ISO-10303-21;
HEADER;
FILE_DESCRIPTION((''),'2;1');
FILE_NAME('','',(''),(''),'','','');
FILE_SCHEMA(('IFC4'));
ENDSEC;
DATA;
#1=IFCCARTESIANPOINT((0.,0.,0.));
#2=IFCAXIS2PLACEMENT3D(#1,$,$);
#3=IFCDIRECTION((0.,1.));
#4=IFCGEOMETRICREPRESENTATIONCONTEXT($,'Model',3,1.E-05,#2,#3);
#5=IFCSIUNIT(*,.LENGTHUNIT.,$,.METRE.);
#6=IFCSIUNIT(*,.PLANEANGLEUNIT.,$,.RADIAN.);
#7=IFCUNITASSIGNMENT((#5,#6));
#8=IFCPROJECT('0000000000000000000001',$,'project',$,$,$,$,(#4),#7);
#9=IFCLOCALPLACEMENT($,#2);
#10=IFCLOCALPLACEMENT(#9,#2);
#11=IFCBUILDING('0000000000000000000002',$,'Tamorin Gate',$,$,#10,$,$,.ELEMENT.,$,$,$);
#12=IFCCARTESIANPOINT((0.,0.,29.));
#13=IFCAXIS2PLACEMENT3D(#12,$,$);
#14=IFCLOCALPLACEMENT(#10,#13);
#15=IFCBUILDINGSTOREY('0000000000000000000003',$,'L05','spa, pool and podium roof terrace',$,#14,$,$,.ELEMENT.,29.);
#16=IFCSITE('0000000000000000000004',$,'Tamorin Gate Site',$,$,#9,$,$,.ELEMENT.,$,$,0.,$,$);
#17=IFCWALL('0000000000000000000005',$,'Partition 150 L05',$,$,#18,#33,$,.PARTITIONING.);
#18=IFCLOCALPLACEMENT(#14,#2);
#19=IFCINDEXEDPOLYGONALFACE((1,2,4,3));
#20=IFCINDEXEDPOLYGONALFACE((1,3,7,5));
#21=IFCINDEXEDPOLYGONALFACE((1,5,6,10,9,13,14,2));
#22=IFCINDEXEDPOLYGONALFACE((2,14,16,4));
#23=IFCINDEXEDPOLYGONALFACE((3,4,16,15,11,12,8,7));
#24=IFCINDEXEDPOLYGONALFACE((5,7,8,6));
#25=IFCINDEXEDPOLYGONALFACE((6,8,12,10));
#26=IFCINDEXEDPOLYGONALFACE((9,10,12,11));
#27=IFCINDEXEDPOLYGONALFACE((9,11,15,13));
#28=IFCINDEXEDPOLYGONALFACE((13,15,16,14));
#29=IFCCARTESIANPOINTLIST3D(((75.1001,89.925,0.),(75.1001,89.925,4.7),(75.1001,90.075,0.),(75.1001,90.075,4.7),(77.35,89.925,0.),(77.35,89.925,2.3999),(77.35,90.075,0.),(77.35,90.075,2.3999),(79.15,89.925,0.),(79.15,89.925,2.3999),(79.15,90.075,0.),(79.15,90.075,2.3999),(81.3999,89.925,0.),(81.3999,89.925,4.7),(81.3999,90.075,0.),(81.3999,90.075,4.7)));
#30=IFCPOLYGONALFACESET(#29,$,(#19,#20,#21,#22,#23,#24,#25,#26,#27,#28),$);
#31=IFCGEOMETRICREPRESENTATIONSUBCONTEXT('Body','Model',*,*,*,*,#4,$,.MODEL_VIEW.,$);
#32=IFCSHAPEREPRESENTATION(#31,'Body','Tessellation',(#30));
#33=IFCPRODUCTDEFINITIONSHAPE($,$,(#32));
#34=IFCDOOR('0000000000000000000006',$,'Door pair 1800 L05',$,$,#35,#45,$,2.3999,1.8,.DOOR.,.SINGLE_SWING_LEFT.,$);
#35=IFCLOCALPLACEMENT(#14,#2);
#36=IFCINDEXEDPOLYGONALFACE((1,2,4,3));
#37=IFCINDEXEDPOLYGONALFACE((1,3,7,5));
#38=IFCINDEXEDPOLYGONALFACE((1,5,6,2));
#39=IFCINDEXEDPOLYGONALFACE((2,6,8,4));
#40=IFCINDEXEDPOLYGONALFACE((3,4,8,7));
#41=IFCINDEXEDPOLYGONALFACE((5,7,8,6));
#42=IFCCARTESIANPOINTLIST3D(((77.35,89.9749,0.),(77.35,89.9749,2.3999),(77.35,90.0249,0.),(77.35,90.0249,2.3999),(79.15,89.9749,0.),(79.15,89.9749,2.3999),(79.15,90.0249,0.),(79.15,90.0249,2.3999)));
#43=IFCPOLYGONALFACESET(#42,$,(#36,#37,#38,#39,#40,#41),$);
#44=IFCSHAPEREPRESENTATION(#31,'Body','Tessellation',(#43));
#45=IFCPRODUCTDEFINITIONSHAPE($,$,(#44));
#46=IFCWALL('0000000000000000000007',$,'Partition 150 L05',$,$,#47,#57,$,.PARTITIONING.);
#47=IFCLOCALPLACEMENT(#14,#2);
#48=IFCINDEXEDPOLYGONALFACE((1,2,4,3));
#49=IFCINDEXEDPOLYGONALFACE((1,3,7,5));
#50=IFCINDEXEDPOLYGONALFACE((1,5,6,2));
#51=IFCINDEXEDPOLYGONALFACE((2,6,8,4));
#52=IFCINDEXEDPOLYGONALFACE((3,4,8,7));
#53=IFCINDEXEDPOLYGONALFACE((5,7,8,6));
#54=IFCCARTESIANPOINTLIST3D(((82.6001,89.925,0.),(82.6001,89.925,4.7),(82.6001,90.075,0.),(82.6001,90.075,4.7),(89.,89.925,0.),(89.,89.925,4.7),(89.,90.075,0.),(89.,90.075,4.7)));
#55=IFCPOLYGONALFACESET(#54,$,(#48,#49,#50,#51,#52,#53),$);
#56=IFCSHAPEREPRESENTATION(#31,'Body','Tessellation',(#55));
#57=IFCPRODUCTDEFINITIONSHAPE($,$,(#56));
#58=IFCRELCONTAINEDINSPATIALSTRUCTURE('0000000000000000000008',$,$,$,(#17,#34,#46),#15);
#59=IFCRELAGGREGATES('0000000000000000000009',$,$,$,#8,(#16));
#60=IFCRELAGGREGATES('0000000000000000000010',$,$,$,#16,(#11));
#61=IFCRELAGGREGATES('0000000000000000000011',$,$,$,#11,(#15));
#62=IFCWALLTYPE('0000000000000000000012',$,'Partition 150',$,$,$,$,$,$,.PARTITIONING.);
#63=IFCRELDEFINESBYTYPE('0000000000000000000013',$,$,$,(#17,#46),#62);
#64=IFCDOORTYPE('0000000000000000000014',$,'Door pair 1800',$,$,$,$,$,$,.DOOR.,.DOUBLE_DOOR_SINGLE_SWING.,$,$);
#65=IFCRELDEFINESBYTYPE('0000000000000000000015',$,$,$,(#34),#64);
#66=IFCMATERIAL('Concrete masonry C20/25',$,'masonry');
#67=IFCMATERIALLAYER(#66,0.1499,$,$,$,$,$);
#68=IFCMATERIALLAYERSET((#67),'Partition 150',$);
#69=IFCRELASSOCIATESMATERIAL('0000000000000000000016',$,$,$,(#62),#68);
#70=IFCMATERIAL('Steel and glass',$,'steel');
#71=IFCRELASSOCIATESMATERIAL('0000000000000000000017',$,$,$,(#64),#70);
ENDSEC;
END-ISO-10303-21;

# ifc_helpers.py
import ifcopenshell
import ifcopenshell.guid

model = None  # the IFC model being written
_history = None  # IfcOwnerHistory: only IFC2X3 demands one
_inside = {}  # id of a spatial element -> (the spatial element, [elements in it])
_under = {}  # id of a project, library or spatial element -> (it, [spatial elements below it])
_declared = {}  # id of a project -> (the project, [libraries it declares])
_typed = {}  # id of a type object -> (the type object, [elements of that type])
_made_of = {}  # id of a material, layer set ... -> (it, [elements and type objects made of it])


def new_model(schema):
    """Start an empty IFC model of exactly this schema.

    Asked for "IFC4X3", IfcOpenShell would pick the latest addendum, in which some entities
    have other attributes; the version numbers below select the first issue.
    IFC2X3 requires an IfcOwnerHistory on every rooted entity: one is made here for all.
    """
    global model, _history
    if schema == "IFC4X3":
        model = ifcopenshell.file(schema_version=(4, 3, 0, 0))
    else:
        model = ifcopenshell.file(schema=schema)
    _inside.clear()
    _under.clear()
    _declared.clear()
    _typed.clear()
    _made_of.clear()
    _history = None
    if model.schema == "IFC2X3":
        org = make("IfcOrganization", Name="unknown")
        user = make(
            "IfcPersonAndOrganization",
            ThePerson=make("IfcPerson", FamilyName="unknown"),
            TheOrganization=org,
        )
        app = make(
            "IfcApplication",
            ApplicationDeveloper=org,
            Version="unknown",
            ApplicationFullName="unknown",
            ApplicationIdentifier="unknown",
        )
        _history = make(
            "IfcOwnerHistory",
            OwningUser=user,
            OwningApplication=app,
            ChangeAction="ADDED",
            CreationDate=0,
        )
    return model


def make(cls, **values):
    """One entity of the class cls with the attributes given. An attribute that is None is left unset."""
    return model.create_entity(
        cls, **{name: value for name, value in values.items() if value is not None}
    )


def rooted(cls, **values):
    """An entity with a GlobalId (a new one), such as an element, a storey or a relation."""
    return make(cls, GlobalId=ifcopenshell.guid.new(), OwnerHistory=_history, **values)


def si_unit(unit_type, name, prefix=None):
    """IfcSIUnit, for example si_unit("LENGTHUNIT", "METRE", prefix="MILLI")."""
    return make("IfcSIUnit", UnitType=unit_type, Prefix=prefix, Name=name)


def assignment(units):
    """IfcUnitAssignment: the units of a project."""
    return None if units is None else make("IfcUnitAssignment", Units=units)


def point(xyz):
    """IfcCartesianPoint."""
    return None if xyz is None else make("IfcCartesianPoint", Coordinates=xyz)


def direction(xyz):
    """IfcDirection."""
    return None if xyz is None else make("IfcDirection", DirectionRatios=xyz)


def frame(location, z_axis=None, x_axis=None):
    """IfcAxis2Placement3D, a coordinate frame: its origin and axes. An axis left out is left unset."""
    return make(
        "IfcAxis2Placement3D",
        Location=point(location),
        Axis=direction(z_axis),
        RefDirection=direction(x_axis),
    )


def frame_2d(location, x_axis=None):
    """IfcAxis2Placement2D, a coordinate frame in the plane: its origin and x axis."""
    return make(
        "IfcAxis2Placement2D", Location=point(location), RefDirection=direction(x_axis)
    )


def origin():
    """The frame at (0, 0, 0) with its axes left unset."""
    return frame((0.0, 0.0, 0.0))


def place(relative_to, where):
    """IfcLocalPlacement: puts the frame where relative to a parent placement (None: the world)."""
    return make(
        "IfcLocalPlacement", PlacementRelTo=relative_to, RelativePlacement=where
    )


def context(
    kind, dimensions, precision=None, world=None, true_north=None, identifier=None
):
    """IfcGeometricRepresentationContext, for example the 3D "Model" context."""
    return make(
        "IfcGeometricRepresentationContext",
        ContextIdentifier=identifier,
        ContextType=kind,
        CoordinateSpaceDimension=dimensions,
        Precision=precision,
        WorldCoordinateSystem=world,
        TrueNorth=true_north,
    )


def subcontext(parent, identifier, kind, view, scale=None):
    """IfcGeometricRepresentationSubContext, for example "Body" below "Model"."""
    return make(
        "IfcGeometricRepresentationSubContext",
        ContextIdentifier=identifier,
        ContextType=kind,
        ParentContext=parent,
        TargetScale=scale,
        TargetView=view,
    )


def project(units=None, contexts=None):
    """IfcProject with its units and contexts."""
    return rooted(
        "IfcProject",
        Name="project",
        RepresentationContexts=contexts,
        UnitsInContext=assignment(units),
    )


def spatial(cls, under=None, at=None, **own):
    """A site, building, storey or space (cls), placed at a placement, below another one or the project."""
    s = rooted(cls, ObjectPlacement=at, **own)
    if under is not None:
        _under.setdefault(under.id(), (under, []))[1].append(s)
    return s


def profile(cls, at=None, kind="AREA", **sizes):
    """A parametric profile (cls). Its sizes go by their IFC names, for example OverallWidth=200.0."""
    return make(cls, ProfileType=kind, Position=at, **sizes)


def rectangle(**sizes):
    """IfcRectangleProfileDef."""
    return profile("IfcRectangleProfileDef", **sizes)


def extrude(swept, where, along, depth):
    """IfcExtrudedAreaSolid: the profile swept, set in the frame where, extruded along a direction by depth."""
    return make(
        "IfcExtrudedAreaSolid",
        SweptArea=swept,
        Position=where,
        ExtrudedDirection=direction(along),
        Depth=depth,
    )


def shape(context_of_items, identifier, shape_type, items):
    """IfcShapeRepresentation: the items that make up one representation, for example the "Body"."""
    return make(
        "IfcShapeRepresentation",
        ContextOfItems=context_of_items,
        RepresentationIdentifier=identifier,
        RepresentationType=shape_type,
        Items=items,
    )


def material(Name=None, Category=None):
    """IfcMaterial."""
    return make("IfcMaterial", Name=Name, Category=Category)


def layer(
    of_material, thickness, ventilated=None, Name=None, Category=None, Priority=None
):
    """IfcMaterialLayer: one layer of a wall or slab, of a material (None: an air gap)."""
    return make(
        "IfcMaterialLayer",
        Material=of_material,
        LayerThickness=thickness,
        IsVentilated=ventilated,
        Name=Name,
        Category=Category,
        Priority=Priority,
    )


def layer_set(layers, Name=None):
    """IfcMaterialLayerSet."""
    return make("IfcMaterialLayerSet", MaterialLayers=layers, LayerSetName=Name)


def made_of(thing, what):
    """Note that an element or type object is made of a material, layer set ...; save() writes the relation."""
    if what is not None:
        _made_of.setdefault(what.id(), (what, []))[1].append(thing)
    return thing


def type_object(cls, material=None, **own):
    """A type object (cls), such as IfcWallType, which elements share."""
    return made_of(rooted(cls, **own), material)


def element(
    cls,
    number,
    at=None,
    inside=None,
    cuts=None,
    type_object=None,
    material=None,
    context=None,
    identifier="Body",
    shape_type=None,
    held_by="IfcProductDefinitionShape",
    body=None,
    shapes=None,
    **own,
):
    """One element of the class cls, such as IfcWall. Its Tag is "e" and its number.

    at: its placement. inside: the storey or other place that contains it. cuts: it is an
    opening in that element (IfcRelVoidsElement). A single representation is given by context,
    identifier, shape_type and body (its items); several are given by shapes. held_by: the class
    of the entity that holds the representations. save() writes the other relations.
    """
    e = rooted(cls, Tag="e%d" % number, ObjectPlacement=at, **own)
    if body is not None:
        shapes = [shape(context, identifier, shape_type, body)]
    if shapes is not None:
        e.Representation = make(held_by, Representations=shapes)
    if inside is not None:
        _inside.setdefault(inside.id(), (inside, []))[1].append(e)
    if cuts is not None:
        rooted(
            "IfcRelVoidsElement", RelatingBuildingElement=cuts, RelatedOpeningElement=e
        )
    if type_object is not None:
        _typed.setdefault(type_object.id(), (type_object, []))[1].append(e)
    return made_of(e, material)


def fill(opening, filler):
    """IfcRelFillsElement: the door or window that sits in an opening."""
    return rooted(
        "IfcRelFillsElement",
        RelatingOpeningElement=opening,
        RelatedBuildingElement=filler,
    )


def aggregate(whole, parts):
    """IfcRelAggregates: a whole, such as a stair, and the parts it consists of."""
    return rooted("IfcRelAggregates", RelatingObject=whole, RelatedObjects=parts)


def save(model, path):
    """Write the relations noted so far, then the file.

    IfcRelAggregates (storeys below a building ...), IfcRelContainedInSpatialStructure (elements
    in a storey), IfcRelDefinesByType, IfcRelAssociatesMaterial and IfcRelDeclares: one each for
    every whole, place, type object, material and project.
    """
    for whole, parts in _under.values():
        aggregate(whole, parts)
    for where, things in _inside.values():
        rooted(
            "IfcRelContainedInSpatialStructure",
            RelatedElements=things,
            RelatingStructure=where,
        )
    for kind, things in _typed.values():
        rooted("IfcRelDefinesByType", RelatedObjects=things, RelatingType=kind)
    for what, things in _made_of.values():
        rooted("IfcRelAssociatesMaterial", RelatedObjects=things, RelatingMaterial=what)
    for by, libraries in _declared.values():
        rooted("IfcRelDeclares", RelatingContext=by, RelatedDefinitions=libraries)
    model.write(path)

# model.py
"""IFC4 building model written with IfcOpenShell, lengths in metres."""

from ifc_helpers import new_model, si_unit, direction, frame, frame_2d, origin, place, context, subcontext, project, spatial, rectangle, extrude, material, layer, layer_set, type_object, element, fill, save


model = new_model("IFC4")

# Units and contexts
model_context = context("Model", 3, precision=1e-05, world=origin(), true_north=direction((0.0, 1.0)))
body_context = subcontext(model_context, "Body", "Model", "MODEL_VIEW")
ifc_project = project(units=[si_unit("LENGTHUNIT", "METRE"), si_unit("PLANEANGLEUNIT", "RADIAN")], contexts=[model_context])

# Site, building, storey
site_placement = place(None, origin())
site = spatial("IfcSite", under=ifc_project, at=site_placement, Name="Tamorin Gate Site", CompositionType="ELEMENT", RefElevation=0.0)
building_placement = place(site_placement, origin())
building = spatial("IfcBuilding", under=site, at=building_placement, Name="Tamorin Gate", CompositionType="ELEMENT")
storey_placement = place(building_placement, frame((0.0, 0.0, 29.0)))
storey = spatial("IfcBuildingStorey", under=building, at=storey_placement, Name="L05", Description="spa, pool and podium roof terrace", CompositionType="ELEMENT", Elevation=29.0)

# Shared definitions
ifc_material_1 = material(Name="Concrete masonry C20/25", Category="masonry")
ifc_layer = layer(ifc_material_1, 0.1499)
ifc_layer_set = layer_set([ifc_layer], Name="Partition 150")
wall_type = type_object("IfcWallType", Name="Partition 150", PredefinedType="PARTITIONING", material=ifc_layer_set)
ifc_material_2 = material(Name="Steel and glass", Category="steel")
door_type_1 = type_object("IfcDoorType", Name="Door pair 1800", OperationType="DOUBLE_DOOR_SINGLE_SWING", PredefinedType="DOOR", material=ifc_material_2)

# Wall, opening, door
wall_1_placement = place(storey_placement, frame((75.1001, 90.0, 0.0), z_axis=(0.0, 0.0, 1.0), x_axis=(1.0, 0.0, 0.0)))
wall_1 = element("IfcWall", 1, at=wall_1_placement, inside=storey, type_object=wall_type, Name="Partition 150 L05", PredefinedType="PARTITIONING", context=body_context, shape_type="SweptSolid", body=[
    extrude(rectangle(XDim=6.2998, YDim=0.1499, at=frame_2d((3.1499, 0.0))), origin(), (0.0, 0.0, 1.0), 4.7),
])
opening_1_placement = place(wall_1_placement, frame((2.25, 0.0, 0.0)))
opening_1 = element("IfcOpeningElement", 2, at=opening_1_placement, cuts=wall_1, PredefinedType="OPENING", context=body_context, shape_type="SweptSolid", body=[
    extrude(rectangle(XDim=1.8, YDim=2.3999, at=frame_2d((0.8999, 1.2))), frame((0.0, 0.085, 0.0), z_axis=(0.0, -1.0, 0.0), x_axis=(1.0, 0.0, 0.0)), (0.0, 0.0, 1.0), 0.1699),
])
door_1_placement = place(opening_1_placement, origin())
door_1 = element("IfcDoor", 3, at=door_1_placement, inside=storey, type_object=door_type_1, Name="Door pair 1800 L05", OperationType="SINGLE_SWING_LEFT", OverallHeight=2.3999, OverallWidth=1.8, PredefinedType="DOOR", context=body_context, shape_type="SweptSolid", body=[
    extrude(rectangle(XDim=1.8, YDim=2.3999, at=frame_2d((0.8999, 1.2))), frame((0.0, 0.0249, 0.0), z_axis=(0.0, -1.0, 0.0), x_axis=(1.0, 0.0, 0.0)), (0.0, 0.0, 1.0), 0.05),
])
fill(opening_1, door_1)

# Wall
wall_2_placement = place(storey_placement, frame((82.6001, 90.0, 0.0), z_axis=(0.0, 0.0, 1.0), x_axis=(1.0, 0.0, 0.0)))
element("IfcWall", 4, at=wall_2_placement, inside=storey, type_object=wall_type, Name="Partition 150 L05", PredefinedType="PARTITIONING", context=body_context, shape_type="SweptSolid", body=[
    extrude(rectangle(XDim=6.3999, YDim=0.1499, at=frame_2d((3.2, 0.0))), origin(), (0.0, 0.0, 1.0), 4.7),
])

save(model, "model.ifc")
